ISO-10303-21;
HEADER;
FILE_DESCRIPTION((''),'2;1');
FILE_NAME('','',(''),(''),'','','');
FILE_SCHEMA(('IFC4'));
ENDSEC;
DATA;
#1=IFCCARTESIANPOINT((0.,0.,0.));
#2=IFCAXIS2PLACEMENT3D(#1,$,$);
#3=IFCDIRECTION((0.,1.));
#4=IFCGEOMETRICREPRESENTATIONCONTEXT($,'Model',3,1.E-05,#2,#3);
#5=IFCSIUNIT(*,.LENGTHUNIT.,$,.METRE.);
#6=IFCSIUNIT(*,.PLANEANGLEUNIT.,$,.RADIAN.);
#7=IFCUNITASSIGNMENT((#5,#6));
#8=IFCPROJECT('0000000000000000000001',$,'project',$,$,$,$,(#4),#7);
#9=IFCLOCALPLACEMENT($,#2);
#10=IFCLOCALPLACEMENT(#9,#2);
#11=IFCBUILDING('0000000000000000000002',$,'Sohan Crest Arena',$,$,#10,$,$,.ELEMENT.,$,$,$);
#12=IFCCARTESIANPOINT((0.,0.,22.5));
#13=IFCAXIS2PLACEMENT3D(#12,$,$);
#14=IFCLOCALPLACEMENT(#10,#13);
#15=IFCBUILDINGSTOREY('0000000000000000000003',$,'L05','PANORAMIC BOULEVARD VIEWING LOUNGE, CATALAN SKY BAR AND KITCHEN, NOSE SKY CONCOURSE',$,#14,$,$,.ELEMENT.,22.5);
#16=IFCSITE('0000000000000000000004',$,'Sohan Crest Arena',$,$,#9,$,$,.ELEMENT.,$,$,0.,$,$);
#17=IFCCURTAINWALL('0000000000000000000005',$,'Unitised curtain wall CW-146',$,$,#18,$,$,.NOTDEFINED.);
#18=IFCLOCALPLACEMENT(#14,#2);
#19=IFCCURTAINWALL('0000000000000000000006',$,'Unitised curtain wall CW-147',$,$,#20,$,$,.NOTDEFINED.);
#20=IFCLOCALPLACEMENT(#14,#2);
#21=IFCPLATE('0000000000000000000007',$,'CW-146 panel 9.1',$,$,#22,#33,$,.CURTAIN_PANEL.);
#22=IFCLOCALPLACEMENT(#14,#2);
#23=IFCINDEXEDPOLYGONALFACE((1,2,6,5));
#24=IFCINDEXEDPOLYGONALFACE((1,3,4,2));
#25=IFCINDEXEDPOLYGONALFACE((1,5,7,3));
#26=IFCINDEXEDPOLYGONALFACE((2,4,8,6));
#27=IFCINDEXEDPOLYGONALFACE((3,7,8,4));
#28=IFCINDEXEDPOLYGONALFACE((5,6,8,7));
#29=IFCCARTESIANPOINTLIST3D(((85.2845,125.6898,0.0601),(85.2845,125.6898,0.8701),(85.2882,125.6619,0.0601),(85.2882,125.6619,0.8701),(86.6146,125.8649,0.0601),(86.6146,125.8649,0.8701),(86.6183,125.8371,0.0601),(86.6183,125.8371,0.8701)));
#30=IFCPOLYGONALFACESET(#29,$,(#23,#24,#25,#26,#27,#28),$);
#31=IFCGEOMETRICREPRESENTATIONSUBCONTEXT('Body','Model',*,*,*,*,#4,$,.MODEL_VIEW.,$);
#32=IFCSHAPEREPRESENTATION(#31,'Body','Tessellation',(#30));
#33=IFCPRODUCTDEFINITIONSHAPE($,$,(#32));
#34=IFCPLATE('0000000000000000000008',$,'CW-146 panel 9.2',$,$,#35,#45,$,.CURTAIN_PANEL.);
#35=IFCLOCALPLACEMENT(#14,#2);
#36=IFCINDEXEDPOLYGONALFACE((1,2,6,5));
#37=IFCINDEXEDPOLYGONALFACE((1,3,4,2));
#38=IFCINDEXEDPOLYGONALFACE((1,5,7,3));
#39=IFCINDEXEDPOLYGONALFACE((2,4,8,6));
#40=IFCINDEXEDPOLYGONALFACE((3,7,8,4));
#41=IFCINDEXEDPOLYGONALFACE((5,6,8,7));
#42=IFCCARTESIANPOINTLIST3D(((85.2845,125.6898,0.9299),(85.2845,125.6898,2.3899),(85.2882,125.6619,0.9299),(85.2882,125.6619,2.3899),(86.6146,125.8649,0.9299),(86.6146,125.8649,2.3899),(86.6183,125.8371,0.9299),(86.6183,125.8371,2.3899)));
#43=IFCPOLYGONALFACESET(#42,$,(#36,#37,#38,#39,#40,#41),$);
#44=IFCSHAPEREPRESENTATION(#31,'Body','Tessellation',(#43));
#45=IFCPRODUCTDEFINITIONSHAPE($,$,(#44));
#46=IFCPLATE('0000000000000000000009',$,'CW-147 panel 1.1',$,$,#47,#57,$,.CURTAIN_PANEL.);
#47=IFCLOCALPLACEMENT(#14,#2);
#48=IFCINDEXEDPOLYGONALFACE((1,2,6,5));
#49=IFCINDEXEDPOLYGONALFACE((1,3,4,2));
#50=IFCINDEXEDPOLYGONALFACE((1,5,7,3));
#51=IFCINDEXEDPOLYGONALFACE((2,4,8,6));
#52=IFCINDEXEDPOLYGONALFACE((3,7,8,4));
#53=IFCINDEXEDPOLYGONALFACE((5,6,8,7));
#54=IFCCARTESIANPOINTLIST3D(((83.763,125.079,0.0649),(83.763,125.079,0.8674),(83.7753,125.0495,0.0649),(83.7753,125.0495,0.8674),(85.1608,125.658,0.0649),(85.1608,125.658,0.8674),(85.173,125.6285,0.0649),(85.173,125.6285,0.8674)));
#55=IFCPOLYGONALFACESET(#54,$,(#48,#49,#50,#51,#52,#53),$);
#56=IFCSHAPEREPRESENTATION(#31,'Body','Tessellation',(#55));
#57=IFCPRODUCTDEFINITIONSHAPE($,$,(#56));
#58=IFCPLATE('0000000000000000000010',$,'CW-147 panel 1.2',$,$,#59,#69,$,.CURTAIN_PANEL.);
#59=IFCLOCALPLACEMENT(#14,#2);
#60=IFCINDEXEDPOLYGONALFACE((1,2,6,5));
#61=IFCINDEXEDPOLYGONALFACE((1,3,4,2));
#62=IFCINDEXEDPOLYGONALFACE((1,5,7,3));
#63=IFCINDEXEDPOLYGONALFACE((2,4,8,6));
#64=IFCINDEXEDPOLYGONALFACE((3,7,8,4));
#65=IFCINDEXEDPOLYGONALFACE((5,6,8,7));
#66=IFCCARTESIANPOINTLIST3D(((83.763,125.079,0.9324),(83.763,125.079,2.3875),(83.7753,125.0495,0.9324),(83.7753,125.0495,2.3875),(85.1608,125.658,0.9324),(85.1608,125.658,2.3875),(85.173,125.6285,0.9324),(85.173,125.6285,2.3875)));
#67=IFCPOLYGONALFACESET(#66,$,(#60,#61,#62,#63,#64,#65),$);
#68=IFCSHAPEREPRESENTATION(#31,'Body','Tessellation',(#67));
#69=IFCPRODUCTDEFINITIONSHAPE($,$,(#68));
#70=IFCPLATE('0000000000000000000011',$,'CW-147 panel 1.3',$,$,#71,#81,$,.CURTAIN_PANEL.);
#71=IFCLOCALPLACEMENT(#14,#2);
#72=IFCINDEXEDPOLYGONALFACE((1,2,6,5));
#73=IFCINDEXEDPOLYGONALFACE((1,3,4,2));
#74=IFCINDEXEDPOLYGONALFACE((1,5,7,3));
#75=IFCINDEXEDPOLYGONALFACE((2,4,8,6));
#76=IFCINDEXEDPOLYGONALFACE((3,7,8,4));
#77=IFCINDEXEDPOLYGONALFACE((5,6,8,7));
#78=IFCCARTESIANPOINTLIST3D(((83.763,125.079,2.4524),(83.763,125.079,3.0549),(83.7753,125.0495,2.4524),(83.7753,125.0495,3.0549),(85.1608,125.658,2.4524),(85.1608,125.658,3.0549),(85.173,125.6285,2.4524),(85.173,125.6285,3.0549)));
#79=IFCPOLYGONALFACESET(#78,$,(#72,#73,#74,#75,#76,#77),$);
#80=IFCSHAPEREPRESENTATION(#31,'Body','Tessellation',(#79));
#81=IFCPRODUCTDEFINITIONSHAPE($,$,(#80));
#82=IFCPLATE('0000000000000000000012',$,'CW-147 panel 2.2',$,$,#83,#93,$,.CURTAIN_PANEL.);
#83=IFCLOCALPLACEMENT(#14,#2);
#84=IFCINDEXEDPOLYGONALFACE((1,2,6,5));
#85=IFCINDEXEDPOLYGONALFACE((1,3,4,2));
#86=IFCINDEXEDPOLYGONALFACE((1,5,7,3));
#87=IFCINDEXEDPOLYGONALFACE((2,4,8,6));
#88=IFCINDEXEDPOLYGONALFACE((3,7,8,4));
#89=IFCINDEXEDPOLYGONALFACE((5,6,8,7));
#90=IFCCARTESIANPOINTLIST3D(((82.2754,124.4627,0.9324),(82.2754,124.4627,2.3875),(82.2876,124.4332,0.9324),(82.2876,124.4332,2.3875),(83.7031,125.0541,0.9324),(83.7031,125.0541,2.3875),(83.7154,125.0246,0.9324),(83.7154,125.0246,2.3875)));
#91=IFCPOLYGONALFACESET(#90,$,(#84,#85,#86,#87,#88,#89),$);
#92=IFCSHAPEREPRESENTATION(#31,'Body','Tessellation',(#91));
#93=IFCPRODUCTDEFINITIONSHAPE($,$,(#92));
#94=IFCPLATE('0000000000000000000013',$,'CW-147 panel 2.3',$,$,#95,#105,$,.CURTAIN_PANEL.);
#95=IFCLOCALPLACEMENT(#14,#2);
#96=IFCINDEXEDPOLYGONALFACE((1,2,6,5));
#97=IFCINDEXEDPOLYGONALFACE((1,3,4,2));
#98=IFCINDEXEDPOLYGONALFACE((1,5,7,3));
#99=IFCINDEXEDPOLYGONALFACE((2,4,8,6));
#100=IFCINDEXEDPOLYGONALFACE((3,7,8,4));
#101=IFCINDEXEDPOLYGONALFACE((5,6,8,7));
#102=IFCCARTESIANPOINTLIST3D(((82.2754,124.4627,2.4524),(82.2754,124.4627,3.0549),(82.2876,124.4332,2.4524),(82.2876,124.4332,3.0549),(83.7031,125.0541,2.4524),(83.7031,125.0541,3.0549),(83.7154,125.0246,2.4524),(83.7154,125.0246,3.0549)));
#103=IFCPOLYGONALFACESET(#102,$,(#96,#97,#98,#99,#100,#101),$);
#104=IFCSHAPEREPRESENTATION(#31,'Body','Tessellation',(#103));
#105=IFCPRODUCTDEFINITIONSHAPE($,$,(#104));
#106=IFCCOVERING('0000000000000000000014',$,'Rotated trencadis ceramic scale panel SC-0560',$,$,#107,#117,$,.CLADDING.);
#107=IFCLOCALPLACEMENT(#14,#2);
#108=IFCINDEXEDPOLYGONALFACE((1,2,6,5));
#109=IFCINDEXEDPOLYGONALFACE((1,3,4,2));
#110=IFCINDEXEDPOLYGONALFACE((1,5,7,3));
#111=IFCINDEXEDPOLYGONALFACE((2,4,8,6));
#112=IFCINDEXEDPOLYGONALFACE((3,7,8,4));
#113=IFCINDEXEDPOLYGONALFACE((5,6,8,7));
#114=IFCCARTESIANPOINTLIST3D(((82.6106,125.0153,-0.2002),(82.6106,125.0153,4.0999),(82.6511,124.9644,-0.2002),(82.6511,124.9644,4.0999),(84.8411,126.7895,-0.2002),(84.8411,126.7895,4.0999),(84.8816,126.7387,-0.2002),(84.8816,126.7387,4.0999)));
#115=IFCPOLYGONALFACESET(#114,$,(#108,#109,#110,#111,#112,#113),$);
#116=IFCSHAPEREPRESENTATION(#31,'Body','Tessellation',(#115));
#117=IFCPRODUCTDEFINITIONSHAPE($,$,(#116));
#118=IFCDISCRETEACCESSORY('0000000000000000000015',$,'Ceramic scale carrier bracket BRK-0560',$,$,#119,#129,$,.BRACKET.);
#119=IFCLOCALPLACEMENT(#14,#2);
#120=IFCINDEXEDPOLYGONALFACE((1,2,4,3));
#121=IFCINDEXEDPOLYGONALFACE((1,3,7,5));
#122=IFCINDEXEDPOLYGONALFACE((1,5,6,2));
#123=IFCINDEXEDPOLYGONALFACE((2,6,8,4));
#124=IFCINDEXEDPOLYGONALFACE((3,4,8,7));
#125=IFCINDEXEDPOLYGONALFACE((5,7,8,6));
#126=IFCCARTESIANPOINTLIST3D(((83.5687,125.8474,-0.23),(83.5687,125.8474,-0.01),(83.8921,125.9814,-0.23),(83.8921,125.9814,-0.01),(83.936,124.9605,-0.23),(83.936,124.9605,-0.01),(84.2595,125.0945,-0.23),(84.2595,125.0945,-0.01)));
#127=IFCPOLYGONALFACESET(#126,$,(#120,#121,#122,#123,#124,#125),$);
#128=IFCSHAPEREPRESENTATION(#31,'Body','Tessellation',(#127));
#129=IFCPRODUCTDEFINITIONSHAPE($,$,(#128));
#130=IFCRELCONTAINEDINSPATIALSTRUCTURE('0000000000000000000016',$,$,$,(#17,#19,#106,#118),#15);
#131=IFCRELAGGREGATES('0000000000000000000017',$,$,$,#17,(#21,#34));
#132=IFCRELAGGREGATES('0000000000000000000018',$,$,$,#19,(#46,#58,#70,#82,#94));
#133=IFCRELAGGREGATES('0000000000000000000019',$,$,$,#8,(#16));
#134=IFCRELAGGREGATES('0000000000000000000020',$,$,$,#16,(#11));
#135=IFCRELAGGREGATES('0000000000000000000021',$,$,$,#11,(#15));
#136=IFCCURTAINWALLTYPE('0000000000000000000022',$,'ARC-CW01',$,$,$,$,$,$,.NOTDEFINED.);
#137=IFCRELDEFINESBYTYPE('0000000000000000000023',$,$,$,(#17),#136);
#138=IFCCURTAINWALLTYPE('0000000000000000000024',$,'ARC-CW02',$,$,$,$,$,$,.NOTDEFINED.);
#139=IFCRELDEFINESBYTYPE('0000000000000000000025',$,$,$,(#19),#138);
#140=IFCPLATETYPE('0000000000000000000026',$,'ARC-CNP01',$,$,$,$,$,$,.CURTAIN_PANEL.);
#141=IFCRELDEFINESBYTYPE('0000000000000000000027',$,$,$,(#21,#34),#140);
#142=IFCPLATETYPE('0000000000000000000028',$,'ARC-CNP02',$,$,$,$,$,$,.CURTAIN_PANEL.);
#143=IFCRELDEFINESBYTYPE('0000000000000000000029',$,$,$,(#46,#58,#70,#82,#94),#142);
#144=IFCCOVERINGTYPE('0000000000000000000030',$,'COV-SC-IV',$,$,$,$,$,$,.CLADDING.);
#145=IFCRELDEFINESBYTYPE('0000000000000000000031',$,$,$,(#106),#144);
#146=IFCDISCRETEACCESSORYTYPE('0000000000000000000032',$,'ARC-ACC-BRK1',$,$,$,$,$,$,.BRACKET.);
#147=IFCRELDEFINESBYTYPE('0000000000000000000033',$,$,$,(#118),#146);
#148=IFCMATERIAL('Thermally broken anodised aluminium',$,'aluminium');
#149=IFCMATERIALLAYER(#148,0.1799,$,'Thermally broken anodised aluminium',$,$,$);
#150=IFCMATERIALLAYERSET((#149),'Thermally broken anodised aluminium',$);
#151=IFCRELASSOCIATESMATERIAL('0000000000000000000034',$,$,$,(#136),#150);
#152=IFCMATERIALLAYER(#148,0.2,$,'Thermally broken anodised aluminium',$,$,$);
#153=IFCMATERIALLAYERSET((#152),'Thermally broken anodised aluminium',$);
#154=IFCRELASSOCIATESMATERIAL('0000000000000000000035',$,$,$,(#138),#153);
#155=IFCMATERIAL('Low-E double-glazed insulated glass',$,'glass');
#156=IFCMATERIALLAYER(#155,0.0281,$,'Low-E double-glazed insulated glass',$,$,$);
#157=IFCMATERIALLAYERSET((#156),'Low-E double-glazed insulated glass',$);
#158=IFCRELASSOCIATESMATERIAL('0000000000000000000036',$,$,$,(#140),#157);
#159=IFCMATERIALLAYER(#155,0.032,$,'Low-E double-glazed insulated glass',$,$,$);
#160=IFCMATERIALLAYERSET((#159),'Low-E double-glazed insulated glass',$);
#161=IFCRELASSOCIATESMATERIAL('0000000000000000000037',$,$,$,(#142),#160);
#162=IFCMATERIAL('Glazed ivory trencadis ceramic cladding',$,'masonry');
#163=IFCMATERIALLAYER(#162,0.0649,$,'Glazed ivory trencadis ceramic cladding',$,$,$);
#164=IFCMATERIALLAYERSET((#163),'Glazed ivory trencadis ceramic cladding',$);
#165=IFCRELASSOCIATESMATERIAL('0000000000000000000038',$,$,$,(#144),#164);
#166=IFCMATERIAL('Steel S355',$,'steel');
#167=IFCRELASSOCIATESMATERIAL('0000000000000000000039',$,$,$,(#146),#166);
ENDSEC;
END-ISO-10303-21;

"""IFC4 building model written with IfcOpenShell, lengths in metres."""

from ifc_helpers import new_model, si_unit, direction, frame, origin, origin_2d, place, context, subcontext, project, spatial, rectangle, extrude, material, layer, layer_set, type_object, element, aggregate, save


model = new_model("IFC4")

# Units and contexts
model_context = context("Model", 3, precision=1e-05, world=origin(), true_north=direction((0.0, 1.0)))
body_context = subcontext(model_context, "Body", "Model", "MODEL_VIEW")
ifc_project = project(units=[si_unit("LENGTHUNIT", "METRE"), si_unit("PLANEANGLEUNIT", "RADIAN")], contexts=[model_context])

# Site, building, storey
site_placement = place(None, origin())
site = spatial("IfcSite", under=ifc_project, at=site_placement, Name="Sohan Crest Arena", CompositionType="ELEMENT", RefElevation=0.0)
building_placement = place(site_placement, origin())
building = spatial("IfcBuilding", under=site, at=building_placement, Name="Sohan Crest Arena", CompositionType="ELEMENT")
storey_placement = place(building_placement, frame((0.0, 0.0, 22.5)))
storey = spatial("IfcBuildingStorey", under=building, at=storey_placement, Name="L05", Description="PANORAMIC BOULEVARD VIEWING LOUNGE, CATALAN SKY BAR AND KITCHEN, NOSE SKY CONCOURSE", CompositionType="ELEMENT", Elevation=22.5)

# Shared definitions
ifc_material_1 = material(Name="Steel S355", Category="steel")

# Curtain wall
ifc_material_2 = material(Name="Thermally broken anodised aluminium", Category="aluminium")
ifc_layer_1 = layer(ifc_material_2, 0.1799, Name="Thermally broken anodised aluminium")
ifc_layer_set_1 = layer_set([ifc_layer_1], Name="Thermally broken anodised aluminium")
curtain_wall_type_1 = type_object("IfcCurtainWallType", Name="ARC-CW01", PredefinedType="NOTDEFINED", material=ifc_layer_set_1)
curtain_wall_1_placement = place(storey_placement, origin())
curtain_wall_1 = element("IfcCurtainWall", 1, at=curtain_wall_1_placement, inside=storey, type_object=curtain_wall_type_1, Name="Unitised curtain wall CW-146", PredefinedType="NOTDEFINED")

# Curtain wall
ifc_layer_2 = layer(ifc_material_2, 0.2, Name="Thermally broken anodised aluminium")
ifc_layer_set_2 = layer_set([ifc_layer_2], Name="Thermally broken anodised aluminium")
curtain_wall_type_2 = type_object("IfcCurtainWallType", Name="ARC-CW02", PredefinedType="NOTDEFINED", material=ifc_layer_set_2)
curtain_wall_2_placement = place(storey_placement, origin())
curtain_wall_2 = element("IfcCurtainWall", 2, at=curtain_wall_2_placement, inside=storey, type_object=curtain_wall_type_2, Name="Unitised curtain wall CW-147", PredefinedType="NOTDEFINED")

# Plates
ifc_material_3 = material(Name="Low-E double-glazed insulated glass", Category="glass")
ifc_layer_3 = layer(ifc_material_3, 0.0281, Name="Low-E double-glazed insulated glass")
ifc_layer_set_3 = layer_set([ifc_layer_3], Name="Low-E double-glazed insulated glass")
plate_type_1 = type_object("IfcPlateType", Name="ARC-CNP01", PredefinedType="CURTAIN_PANEL", material=ifc_layer_set_3)
plate_1_placement = place(storey_placement, frame((85.9514, 125.7634, 0.0601), z_axis=(0.0, 0.0, 1.0), x_axis=(-0.991441, -0.130557, 0.0)))
plate_1 = element("IfcPlate", 3, at=plate_1_placement, type_object=plate_type_1, Name="CW-146 panel 9.1", PredefinedType="CURTAIN_PANEL", context=body_context, shape_type="SweptSolid", body=[
    extrude(rectangle(XDim=1.3416, YDim=0.0281, at=origin_2d()), origin(), (0.0, 0.0, 1.0), 0.8101),
])
plate_2_placement = place(storey_placement, frame((85.9514, 125.7634, 0.9299), z_axis=(0.0, 0.0, 1.0), x_axis=(-0.991441, -0.130557, 0.0)))
plate_2 = element("IfcPlate", 4, at=plate_2_placement, type_object=plate_type_1, Name="CW-146 panel 9.2", PredefinedType="CURTAIN_PANEL", context=body_context, shape_type="SweptSolid", body=[
    extrude(rectangle(XDim=1.3416, YDim=0.0281, at=origin_2d()), origin(), (0.0, 0.0, 1.0), 1.46),
])
aggregate(curtain_wall_1, [plate_1, plate_2])
ifc_layer_4 = layer(ifc_material_3, 0.032, Name="Low-E double-glazed insulated glass")
ifc_layer_set_4 = layer_set([ifc_layer_4], Name="Low-E double-glazed insulated glass")
plate_type_2 = type_object("IfcPlateType", Name="ARC-CNP02", PredefinedType="CURTAIN_PANEL", material=ifc_layer_set_4)
plate_3_placement = place(storey_placement, frame((84.468, 125.3538, 0.0649), z_axis=(0.0, 0.0, 1.0), x_axis=(-0.923879, -0.382685, 0.0)))
plate_3 = element("IfcPlate", 5, at=plate_3_placement, type_object=plate_type_2, Name="CW-147 panel 1.1", PredefinedType="CURTAIN_PANEL", context=body_context, shape_type="SweptSolid", body=[
    extrude(rectangle(XDim=1.5129, YDim=0.032, at=origin_2d()), origin(), (0.0, 0.0, 1.0), 0.8025),
])
plate_4_placement = place(storey_placement, frame((84.468, 125.3538, 0.9324), z_axis=(0.0, 0.0, 1.0), x_axis=(-0.923879, -0.382685, 0.0)))
plate_4 = element("IfcPlate", 6, at=plate_4_placement, type_object=plate_type_2, Name="CW-147 panel 1.2", PredefinedType="CURTAIN_PANEL", context=body_context, shape_type="SweptSolid", body=[
    extrude(rectangle(XDim=1.5129, YDim=0.032, at=origin_2d()), origin(), (0.0, 0.0, 1.0), 1.4551),
])
plate_5_placement = place(storey_placement, frame((84.468, 125.3538, 2.4524), z_axis=(0.0, 0.0, 1.0), x_axis=(-0.923879, -0.382685, 0.0)))
plate_5 = element("IfcPlate", 7, at=plate_5_placement, type_object=plate_type_2, Name="CW-147 panel 1.3", PredefinedType="CURTAIN_PANEL", context=body_context, shape_type="SweptSolid", body=[
    extrude(rectangle(XDim=1.5129, YDim=0.032, at=origin_2d()), origin(), (0.0, 0.0, 1.0), 0.6025),
])
plate_6_placement = place(storey_placement, frame((82.9954, 124.7437, 0.9324), z_axis=(0.0, 0.0, 1.0), x_axis=(-0.923879, -0.382685, 0.0)))
plate_6 = element("IfcPlate", 8, at=plate_6_placement, type_object=plate_type_2, Name="CW-147 panel 2.2", PredefinedType="CURTAIN_PANEL", context=body_context, shape_type="SweptSolid", body=[
    extrude(rectangle(XDim=1.5454, YDim=0.032, at=origin_2d()), origin(), (0.0, 0.0, 1.0), 1.4551),
])
plate_7_placement = place(storey_placement, frame((82.9954, 124.7437, 2.4524), z_axis=(0.0, 0.0, 1.0), x_axis=(-0.923879, -0.382685, 0.0)))
plate_7 = element("IfcPlate", 9, at=plate_7_placement, type_object=plate_type_2, Name="CW-147 panel 2.3", PredefinedType="CURTAIN_PANEL", context=body_context, shape_type="SweptSolid", body=[
    extrude(rectangle(XDim=1.5454, YDim=0.032, at=origin_2d()), origin(), (0.0, 0.0, 1.0), 0.6025),
])
aggregate(curtain_wall_2, [plate_3, plate_4, plate_5, plate_6, plate_7])

# Covering
ifc_material_4 = material(Name="Glazed ivory trencadis ceramic cladding", Category="masonry")
ifc_layer_5 = layer(ifc_material_4, 0.0649, Name="Glazed ivory trencadis ceramic cladding")
ifc_layer_set_5 = layer_set([ifc_layer_5], Name="Glazed ivory trencadis ceramic cladding")
covering_type = type_object("IfcCoveringType", Name="COV-SC-IV", PredefinedType="CLADDING", material=ifc_layer_set_5)
covering_placement = place(storey_placement, frame((83.7461, 125.877, -0.2002), z_axis=(0.0, 0.0, 1.0), x_axis=(-0.782608, -0.622515, 0.0)))
element("IfcCovering", 10, at=covering_placement, inside=storey, type_object=covering_type, Name="Rotated trencadis ceramic scale panel SC-0560", PredefinedType="CLADDING", context=body_context, shape_type="SweptSolid", body=[
    extrude(rectangle(XDim=2.8501, YDim=0.0649, at=origin_2d()), origin(), (0.0, 0.0, 1.0), 4.3),
])

# Discrete accessory
discrete_accessory_type = type_object("IfcDiscreteAccessoryType", Name="ARC-ACC-BRK1", PredefinedType="BRACKET", material=ifc_material_1)
discrete_accessory_placement = place(storey_placement, frame((83.9141, 125.4709, -0.23), z_axis=(0.0, 0.0, 1.0), x_axis=(-0.92388, -0.382683, 0.0)))
element("IfcDiscreteAccessory", 11, at=discrete_accessory_placement, inside=storey, type_object=discrete_accessory_type, Name="Ceramic scale carrier bracket BRK-0560", PredefinedType="BRACKET", context=body_context, shape_type="SweptSolid", body=[
    extrude(rectangle(XDim=0.3501, YDim=0.96, at=origin_2d()), origin(), (0.0, 0.0, 1.0), 0.22),
])

save(model, "model.ifc")
